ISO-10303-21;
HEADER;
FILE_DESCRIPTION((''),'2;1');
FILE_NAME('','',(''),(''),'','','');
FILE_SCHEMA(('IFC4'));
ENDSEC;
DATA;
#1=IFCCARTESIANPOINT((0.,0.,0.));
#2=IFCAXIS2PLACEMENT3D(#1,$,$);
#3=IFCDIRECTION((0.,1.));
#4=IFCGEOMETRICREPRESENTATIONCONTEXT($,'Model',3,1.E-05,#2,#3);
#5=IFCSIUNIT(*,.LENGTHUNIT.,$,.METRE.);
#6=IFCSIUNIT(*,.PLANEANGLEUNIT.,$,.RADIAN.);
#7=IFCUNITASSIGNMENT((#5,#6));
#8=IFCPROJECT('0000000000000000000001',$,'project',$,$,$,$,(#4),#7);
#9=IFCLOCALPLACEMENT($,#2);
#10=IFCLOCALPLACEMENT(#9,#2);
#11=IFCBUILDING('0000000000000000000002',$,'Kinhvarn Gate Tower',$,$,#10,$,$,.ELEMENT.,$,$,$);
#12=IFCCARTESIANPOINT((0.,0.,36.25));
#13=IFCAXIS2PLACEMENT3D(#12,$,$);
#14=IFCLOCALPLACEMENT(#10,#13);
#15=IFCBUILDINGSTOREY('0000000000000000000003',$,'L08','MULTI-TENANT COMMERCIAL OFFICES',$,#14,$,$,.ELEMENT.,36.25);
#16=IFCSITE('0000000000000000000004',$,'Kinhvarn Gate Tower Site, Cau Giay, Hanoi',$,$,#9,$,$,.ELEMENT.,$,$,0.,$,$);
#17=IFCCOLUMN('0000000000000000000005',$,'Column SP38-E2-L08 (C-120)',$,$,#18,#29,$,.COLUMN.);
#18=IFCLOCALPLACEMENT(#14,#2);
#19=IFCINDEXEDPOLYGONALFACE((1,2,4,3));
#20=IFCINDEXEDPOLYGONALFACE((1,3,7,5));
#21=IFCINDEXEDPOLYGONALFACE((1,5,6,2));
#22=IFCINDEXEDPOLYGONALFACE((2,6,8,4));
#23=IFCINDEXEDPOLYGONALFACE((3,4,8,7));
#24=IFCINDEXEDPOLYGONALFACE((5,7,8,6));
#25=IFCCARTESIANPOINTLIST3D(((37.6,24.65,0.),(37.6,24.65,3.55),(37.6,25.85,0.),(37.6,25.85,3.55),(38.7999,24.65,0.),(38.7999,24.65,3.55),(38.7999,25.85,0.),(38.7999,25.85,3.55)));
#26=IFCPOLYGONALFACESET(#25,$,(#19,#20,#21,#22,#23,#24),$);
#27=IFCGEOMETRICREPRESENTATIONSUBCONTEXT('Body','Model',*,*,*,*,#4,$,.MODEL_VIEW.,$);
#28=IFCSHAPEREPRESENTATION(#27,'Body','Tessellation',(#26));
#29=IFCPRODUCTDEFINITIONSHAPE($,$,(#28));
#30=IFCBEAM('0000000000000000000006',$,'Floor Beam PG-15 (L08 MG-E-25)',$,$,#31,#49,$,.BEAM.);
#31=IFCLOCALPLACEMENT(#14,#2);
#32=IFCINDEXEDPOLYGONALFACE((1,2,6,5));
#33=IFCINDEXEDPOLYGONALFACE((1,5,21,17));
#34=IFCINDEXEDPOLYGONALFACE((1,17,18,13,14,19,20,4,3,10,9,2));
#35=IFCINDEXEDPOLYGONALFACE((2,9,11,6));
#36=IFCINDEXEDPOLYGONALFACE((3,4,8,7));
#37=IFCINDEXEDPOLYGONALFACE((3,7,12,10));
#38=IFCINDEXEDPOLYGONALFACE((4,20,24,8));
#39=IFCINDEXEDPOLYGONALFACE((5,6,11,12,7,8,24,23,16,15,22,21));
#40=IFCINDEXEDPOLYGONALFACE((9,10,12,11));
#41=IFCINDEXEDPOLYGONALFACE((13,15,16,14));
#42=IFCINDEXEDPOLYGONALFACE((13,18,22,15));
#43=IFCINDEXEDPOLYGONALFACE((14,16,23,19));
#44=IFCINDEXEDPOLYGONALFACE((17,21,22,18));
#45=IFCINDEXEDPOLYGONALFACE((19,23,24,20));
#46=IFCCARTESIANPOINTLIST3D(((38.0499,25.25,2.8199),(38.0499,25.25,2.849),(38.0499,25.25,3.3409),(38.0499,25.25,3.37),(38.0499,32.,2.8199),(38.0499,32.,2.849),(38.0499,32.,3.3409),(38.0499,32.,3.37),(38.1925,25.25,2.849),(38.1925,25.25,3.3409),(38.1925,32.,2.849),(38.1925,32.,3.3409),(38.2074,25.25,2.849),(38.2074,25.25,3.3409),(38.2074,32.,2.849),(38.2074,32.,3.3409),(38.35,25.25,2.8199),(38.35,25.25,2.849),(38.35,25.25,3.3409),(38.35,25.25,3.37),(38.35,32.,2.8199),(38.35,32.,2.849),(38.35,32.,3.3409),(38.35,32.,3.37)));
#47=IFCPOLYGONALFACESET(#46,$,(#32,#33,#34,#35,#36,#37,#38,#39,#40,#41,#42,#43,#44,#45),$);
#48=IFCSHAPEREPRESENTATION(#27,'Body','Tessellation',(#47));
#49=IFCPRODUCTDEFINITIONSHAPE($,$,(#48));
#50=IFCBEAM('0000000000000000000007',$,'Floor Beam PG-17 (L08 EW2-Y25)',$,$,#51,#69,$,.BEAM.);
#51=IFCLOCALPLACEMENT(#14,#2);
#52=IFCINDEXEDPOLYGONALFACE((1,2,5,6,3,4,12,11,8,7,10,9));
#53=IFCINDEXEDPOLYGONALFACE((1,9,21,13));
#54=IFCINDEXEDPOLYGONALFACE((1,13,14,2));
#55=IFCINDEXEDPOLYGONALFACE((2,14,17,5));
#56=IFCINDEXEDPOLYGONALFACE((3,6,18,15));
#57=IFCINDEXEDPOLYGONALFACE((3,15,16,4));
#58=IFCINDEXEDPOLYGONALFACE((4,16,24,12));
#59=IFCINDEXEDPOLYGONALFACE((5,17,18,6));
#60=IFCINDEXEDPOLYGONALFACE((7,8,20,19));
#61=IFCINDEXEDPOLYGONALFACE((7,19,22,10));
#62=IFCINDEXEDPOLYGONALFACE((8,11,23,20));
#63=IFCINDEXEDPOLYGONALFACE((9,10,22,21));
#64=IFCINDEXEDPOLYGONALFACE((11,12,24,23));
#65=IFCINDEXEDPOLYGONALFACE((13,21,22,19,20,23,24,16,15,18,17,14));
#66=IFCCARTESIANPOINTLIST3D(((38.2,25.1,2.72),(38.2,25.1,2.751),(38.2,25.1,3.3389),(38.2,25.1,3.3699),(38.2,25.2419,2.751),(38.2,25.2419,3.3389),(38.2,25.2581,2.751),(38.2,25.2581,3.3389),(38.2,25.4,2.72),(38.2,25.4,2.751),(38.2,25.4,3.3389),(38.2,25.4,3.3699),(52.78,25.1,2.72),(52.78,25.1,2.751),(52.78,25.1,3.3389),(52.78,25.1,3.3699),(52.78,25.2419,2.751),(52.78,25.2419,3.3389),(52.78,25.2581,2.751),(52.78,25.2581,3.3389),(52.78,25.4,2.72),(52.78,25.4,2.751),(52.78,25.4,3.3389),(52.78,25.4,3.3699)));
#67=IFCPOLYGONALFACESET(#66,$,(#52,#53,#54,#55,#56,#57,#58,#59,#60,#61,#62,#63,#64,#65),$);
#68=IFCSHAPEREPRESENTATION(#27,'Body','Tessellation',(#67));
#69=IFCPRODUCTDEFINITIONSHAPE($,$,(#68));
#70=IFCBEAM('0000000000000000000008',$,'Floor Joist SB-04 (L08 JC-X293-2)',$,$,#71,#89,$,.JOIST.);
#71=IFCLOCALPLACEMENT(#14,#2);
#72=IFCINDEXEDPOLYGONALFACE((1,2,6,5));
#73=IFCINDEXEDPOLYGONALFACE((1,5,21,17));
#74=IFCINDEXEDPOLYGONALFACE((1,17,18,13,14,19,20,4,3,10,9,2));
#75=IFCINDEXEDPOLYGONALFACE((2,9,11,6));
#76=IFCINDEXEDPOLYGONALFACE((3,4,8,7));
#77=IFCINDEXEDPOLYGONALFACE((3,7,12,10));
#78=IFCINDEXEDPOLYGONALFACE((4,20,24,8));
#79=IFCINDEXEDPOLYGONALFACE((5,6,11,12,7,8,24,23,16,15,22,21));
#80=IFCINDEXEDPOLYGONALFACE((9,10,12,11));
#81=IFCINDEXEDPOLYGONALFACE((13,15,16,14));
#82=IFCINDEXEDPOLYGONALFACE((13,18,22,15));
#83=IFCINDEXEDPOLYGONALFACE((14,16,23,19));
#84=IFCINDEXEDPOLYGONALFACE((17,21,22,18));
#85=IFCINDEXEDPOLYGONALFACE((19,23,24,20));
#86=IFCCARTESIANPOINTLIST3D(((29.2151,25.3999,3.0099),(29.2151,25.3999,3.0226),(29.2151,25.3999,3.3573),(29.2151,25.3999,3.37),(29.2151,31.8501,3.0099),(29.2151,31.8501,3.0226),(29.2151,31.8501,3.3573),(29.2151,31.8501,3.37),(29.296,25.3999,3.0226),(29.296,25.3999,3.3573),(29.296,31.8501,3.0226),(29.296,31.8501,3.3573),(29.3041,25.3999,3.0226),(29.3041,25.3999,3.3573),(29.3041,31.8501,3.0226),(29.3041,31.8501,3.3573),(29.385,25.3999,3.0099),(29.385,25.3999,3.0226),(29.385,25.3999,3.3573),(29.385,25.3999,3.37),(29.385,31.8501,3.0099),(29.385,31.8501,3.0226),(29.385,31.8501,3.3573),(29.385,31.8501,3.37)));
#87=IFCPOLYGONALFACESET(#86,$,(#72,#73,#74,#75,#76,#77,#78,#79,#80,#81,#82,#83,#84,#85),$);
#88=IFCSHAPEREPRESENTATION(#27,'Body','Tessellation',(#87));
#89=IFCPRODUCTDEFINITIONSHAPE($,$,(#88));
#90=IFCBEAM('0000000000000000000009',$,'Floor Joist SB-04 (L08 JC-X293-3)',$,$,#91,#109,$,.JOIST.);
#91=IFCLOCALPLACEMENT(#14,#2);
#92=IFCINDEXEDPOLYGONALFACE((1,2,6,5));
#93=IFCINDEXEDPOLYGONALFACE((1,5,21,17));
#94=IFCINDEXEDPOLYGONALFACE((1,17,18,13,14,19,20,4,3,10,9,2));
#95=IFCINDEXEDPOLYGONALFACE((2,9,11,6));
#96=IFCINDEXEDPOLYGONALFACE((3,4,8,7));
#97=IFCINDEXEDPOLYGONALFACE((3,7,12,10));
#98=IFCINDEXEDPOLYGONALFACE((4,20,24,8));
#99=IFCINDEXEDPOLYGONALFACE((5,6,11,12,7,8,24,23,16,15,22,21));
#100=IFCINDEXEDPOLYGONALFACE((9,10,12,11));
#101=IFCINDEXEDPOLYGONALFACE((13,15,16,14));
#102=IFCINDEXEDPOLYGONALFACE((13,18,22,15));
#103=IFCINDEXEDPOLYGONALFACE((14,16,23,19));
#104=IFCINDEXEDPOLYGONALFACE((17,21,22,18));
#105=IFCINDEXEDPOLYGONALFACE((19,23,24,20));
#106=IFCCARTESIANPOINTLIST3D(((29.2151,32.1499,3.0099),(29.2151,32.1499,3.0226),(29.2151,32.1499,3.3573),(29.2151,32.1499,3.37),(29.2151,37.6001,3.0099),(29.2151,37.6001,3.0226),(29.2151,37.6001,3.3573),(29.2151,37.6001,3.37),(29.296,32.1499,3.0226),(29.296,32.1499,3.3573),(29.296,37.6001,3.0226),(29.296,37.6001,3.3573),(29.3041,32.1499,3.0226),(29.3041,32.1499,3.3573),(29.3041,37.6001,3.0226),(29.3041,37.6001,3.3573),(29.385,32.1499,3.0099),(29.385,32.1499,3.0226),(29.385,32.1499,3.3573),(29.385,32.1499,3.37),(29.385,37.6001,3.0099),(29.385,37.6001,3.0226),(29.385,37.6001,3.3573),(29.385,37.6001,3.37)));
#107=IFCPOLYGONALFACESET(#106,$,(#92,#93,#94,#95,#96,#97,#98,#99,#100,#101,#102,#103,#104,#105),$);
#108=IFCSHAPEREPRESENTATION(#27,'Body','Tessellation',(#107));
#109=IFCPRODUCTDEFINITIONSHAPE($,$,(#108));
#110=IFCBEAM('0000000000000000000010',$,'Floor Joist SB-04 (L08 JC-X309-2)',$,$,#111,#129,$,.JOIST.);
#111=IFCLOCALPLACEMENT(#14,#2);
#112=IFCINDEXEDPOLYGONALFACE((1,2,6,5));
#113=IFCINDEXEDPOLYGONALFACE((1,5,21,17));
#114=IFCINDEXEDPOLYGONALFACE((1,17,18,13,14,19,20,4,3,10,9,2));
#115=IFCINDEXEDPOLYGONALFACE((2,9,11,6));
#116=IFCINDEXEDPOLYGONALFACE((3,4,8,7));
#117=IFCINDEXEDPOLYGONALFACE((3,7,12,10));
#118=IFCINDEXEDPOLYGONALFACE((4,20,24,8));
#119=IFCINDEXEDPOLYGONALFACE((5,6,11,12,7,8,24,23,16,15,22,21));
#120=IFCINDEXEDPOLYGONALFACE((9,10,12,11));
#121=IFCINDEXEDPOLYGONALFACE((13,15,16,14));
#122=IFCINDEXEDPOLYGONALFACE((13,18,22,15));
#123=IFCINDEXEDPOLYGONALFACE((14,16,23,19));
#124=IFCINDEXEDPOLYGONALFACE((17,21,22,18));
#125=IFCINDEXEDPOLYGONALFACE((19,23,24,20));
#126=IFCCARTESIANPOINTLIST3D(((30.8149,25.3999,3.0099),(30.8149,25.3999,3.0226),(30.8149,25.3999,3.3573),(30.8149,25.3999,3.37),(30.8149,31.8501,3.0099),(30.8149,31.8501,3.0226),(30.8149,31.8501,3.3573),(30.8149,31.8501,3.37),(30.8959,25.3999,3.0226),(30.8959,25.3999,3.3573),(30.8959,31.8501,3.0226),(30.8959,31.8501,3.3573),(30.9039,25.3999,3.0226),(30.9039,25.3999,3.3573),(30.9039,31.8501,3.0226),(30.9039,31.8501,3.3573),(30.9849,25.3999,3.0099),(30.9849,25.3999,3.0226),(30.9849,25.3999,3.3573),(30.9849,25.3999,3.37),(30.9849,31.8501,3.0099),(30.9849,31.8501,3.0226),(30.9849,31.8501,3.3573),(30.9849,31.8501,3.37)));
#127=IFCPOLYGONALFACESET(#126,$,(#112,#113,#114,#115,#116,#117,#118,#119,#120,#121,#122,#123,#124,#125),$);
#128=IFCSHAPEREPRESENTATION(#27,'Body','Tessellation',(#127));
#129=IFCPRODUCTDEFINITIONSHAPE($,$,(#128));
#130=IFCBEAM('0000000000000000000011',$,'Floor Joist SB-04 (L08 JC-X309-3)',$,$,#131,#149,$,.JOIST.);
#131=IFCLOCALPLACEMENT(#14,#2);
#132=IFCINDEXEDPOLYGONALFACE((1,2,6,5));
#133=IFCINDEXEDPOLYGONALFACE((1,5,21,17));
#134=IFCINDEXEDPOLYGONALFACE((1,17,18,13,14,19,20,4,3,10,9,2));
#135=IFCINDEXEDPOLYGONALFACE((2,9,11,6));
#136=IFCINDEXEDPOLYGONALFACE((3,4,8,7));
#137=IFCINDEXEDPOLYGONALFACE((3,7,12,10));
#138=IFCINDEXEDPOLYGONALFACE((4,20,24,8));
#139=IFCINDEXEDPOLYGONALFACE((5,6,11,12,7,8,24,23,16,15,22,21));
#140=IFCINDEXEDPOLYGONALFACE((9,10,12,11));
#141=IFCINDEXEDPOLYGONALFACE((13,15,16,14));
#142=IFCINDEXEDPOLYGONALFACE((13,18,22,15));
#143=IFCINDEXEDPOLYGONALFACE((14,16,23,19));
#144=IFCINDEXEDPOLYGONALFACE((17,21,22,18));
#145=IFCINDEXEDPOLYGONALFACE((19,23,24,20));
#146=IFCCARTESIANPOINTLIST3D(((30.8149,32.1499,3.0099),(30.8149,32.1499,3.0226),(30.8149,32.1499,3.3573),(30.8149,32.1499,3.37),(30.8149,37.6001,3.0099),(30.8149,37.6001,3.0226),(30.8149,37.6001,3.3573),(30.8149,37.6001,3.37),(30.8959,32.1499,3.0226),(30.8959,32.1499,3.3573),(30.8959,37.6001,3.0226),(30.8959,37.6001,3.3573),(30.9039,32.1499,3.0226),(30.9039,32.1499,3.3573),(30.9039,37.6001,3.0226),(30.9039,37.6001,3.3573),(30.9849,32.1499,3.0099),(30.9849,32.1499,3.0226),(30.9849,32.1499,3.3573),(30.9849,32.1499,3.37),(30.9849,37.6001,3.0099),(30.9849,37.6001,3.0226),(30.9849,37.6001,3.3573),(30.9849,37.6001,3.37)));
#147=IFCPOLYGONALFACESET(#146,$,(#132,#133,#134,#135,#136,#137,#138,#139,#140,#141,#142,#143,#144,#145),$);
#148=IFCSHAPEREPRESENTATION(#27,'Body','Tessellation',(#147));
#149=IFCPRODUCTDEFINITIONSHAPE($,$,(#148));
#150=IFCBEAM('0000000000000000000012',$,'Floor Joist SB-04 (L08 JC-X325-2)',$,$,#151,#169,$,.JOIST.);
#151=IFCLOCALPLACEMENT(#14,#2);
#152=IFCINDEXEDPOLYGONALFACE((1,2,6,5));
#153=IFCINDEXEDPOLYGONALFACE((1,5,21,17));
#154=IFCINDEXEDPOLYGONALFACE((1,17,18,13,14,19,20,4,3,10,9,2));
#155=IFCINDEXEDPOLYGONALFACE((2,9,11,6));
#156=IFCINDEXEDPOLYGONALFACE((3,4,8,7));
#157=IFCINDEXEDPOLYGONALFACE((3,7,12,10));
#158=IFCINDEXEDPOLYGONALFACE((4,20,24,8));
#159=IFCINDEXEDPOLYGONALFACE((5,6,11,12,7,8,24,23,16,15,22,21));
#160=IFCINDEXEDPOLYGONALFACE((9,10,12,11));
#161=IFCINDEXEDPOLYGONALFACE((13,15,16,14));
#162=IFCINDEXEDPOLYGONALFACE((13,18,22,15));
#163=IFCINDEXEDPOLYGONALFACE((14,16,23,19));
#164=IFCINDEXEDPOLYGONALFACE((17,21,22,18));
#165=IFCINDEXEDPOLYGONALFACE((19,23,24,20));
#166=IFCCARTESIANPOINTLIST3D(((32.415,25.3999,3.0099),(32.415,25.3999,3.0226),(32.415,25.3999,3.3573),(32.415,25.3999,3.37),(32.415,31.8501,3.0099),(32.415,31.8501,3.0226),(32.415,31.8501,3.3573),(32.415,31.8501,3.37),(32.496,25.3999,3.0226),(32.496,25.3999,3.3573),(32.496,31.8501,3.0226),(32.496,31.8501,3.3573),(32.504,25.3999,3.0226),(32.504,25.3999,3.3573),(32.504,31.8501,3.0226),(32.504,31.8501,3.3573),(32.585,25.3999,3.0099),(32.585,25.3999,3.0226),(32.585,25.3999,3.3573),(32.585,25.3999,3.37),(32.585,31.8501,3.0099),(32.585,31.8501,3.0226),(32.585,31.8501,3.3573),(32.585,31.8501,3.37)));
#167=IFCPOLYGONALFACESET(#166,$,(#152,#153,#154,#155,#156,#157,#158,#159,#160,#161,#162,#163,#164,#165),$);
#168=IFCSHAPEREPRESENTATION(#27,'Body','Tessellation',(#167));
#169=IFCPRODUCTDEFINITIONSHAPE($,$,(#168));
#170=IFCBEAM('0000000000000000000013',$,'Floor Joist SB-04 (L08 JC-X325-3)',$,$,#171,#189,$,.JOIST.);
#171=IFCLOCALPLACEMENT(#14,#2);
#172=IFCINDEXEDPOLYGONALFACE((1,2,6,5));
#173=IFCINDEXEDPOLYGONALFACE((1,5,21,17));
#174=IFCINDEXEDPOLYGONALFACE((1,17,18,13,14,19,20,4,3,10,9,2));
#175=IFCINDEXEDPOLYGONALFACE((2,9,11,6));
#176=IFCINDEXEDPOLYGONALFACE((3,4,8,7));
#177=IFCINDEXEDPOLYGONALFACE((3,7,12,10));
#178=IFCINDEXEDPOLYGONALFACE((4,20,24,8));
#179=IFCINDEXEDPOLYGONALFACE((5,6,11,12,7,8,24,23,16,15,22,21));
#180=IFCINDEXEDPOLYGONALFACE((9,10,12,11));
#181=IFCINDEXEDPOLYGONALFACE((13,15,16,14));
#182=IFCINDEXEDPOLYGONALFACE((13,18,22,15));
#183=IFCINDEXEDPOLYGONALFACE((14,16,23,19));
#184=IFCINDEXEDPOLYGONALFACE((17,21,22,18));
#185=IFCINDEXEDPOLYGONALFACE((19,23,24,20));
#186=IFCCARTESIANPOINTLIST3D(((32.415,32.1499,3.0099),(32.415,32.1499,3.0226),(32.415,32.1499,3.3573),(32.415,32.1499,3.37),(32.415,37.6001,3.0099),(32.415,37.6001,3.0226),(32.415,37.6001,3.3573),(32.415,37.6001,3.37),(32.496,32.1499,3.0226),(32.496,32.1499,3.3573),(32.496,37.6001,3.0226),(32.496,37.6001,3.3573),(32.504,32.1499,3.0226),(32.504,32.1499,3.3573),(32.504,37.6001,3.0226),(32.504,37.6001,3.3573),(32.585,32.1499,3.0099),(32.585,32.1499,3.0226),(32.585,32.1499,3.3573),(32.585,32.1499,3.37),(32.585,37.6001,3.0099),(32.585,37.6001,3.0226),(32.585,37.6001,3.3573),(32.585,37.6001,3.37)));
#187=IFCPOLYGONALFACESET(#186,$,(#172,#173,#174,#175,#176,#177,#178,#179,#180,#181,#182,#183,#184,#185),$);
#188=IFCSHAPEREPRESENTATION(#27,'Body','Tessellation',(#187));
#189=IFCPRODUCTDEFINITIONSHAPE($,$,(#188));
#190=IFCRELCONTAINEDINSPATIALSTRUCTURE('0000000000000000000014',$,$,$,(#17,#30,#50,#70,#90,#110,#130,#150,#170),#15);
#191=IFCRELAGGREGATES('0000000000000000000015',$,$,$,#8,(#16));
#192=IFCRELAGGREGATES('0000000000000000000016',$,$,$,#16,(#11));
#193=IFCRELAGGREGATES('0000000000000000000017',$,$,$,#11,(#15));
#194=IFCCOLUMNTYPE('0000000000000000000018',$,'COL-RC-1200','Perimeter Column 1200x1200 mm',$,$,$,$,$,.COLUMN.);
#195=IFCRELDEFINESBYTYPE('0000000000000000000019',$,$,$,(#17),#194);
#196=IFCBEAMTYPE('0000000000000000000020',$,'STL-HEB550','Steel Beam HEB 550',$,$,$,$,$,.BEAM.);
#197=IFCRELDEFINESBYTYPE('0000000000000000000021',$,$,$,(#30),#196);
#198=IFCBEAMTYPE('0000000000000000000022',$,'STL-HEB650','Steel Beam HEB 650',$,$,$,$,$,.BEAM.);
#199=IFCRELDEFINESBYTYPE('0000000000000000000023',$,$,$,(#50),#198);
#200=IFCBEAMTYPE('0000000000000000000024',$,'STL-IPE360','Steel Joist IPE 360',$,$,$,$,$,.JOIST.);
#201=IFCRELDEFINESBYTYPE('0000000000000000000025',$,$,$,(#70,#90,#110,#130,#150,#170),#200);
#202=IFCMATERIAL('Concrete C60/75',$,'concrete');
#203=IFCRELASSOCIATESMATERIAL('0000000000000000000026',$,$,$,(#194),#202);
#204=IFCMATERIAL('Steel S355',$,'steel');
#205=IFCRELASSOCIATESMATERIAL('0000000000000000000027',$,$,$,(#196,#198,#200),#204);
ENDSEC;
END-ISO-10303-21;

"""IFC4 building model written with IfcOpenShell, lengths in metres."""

from ifc_helpers import new_model, si_unit, direction, frame, origin, origin_2d, place, context, subcontext, project, spatial, rectangle, i_section, extrude, material, material_profile, profile_set, type_object, element, save


model = new_model("IFC4")

# Units and contexts
model_context = context("Model", 3, precision=1e-05, world=origin(), true_north=direction((0.0, 1.0)))
body_context = subcontext(model_context, "Body", "Model", "MODEL_VIEW")
ifc_project = project(units=[si_unit("LENGTHUNIT", "METRE"), si_unit("PLANEANGLEUNIT", "RADIAN")], contexts=[model_context])

# Site, building, storey
site_placement = place(None, origin())
site = spatial("IfcSite", under=ifc_project, at=site_placement, Name="Kinhvarn Gate Tower Site, Cau Giay, Hanoi", CompositionType="ELEMENT", RefElevation=0.0)
building_placement = place(site_placement, origin())
building = spatial("IfcBuilding", under=site, at=building_placement, Name="Kinhvarn Gate Tower", CompositionType="ELEMENT")
storey_placement = place(building_placement, frame((0.0, 0.0, 36.25)))
storey = spatial("IfcBuildingStorey", under=building, at=storey_placement, Name="L08", Description="MULTI-TENANT COMMERCIAL OFFICES", CompositionType="ELEMENT", Elevation=36.25)

# Column
ifc_material_1 = material(Name="Concrete C60/75", Category="concrete")
ifc_material_profile_1 = material_profile(ifc_material_1, rectangle(XDim=1.2, YDim=1.2, at=origin_2d()), Name="RC 1200x1200")
ifc_profile_set_1 = profile_set([ifc_material_profile_1], Name="Concrete C60/75")
column_type = type_object("IfcColumnType", Name="COL-RC-1200", Description="Perimeter Column 1200x1200 mm", PredefinedType="COLUMN", material=ifc_profile_set_1)
column_placement = place(storey_placement, frame((38.2, 25.25, 0.0), z_axis=(0.0, 0.0, 1.0), x_axis=(1.0, 0.0, 0.0)))
element("IfcColumn", 1, at=column_placement, inside=storey, type_object=column_type, Name="Column SP38-E2-L08 (C-120)", PredefinedType="COLUMN", context=body_context, shape_type="SweptSolid", body=[
    extrude(rectangle(XDim=1.2, YDim=1.2, at=origin_2d()), origin(), (0.0, 0.0, 1.0), 3.55),
])

# Beams
ifc_material_2 = material(Name="Steel S355", Category="steel")
ifc_material_profile_2 = material_profile(ifc_material_2, i_section(OverallWidth=0.3, OverallDepth=0.55, WebThickness=0.0149, FlangeThickness=0.0291, at=origin_2d()), Name="HEB 550")
ifc_profile_set_2 = profile_set([ifc_material_profile_2], Name="Steel S355")
beam_type_1 = type_object("IfcBeamType", Name="STL-HEB550", Description="Steel Beam HEB 550", PredefinedType="BEAM", material=ifc_profile_set_2)
beam_1_placement = place(storey_placement, frame((38.2, 25.25, 3.095), z_axis=(0.0, 1.0, 0.0), x_axis=(-1.0, 0.0, 0.0)))
element("IfcBeam", 2, at=beam_1_placement, inside=storey, type_object=beam_type_1, Name="Floor Beam PG-15 (L08 MG-E-25)", PredefinedType="BEAM", context=body_context, shape_type="SweptSolid", body=[
    extrude(i_section(OverallWidth=0.3, OverallDepth=0.55, WebThickness=0.0149, FlangeThickness=0.0291, at=origin_2d()), origin(), (0.0, 0.0, 1.0), 6.75),
])
ifc_material_profile_3 = material_profile(ifc_material_2, i_section(OverallWidth=0.3, OverallDepth=0.6499, WebThickness=0.0161, FlangeThickness=0.031, at=origin_2d()), Name="HEB 650")
ifc_profile_set_3 = profile_set([ifc_material_profile_3], Name="Steel S355")
beam_type_2 = type_object("IfcBeamType", Name="STL-HEB650", Description="Steel Beam HEB 650", PredefinedType="BEAM", material=ifc_profile_set_3)
beam_2_placement = place(storey_placement, frame((38.2, 25.25, 3.0449), z_axis=(1.0, 0.0, 0.0), x_axis=(0.0, 1.0, 0.0)))
element("IfcBeam", 3, at=beam_2_placement, inside=storey, type_object=beam_type_2, Name="Floor Beam PG-17 (L08 EW2-Y25)", PredefinedType="BEAM", context=body_context, shape_type="SweptSolid", body=[
    extrude(i_section(OverallWidth=0.3, OverallDepth=0.6499, WebThickness=0.0161, FlangeThickness=0.031, at=origin_2d()), origin(), (0.0, 0.0, 1.0), 14.5801),
])
ifc_material_profile_4 = material_profile(ifc_material_2, i_section(OverallWidth=0.1699, OverallDepth=0.3601, WebThickness=0.0081, FlangeThickness=0.0127, at=origin_2d()), Name="IPE 360")
ifc_profile_set_4 = profile_set([ifc_material_profile_4], Name="Steel S355")
beam_type_3 = type_object("IfcBeamType", Name="STL-IPE360", Description="Steel Joist IPE 360", PredefinedType="JOIST", material=ifc_profile_set_4)
beam_3_placement = place(storey_placement, frame((29.3, 25.3999, 3.1899), z_axis=(0.0, 1.0, 0.0), x_axis=(-1.0, 0.0, 0.0)))
element("IfcBeam", 4, at=beam_3_placement, inside=storey, type_object=beam_type_3, Name="Floor Joist SB-04 (L08 JC-X293-2)", PredefinedType="JOIST", context=body_context, shape_type="SweptSolid", body=[
    extrude(i_section(OverallWidth=0.1699, OverallDepth=0.3601, WebThickness=0.0081, FlangeThickness=0.0127, at=origin_2d()), origin(), (0.0, 0.0, 1.0), 6.4502),
])
beam_4_placement = place(storey_placement, frame((29.3, 32.1499, 3.1899), z_axis=(0.0, 1.0, 0.0), x_axis=(-1.0, 0.0, 0.0)))
element("IfcBeam", 5, at=beam_4_placement, inside=storey, type_object=beam_type_3, Name="Floor Joist SB-04 (L08 JC-X293-3)", PredefinedType="JOIST", context=body_context, shape_type="SweptSolid", body=[
    extrude(i_section(OverallWidth=0.1699, OverallDepth=0.3601, WebThickness=0.0081, FlangeThickness=0.0127, at=origin_2d()), origin(), (0.0, 0.0, 1.0), 5.4502),
])
beam_5_placement = place(storey_placement, frame((30.8999, 25.3999, 3.1899), z_axis=(0.0, 1.0, 0.0), x_axis=(-1.0, 0.0, 0.0)))
element("IfcBeam", 6, at=beam_5_placement, inside=storey, type_object=beam_type_3, Name="Floor Joist SB-04 (L08 JC-X309-2)", PredefinedType="JOIST", context=body_context, shape_type="SweptSolid", body=[
    extrude(i_section(OverallWidth=0.1699, OverallDepth=0.3601, WebThickness=0.0081, FlangeThickness=0.0127, at=origin_2d()), origin(), (0.0, 0.0, 1.0), 6.4502),
])
beam_6_placement = place(storey_placement, frame((30.8999, 32.1499, 3.1899), z_axis=(0.0, 1.0, 0.0), x_axis=(-1.0, 0.0, 0.0)))
element("IfcBeam", 7, at=beam_6_placement, inside=storey, type_object=beam_type_3, Name="Floor Joist SB-04 (L08 JC-X309-3)", PredefinedType="JOIST", context=body_context, shape_type="SweptSolid", body=[
    extrude(i_section(OverallWidth=0.1699, OverallDepth=0.3601, WebThickness=0.0081, FlangeThickness=0.0127, at=origin_2d()), origin(), (0.0, 0.0, 1.0), 5.4502),
])
beam_7_placement = place(storey_placement, frame((32.5, 25.3999, 3.1899), z_axis=(0.0, 1.0, 0.0), x_axis=(-1.0, 0.0, 0.0)))
element("IfcBeam", 8, at=beam_7_placement, inside=storey, type_object=beam_type_3, Name="Floor Joist SB-04 (L08 JC-X325-2)", PredefinedType="JOIST", context=body_context, shape_type="SweptSolid", body=[
    extrude(i_section(OverallWidth=0.1699, OverallDepth=0.3601, WebThickness=0.0081, FlangeThickness=0.0127, at=origin_2d()), origin(), (0.0, 0.0, 1.0), 6.4502),
])
beam_8_placement = place(storey_placement, frame((32.5, 32.1499, 3.1899), z_axis=(0.0, 1.0, 0.0), x_axis=(-1.0, 0.0, 0.0)))
element("IfcBeam", 9, at=beam_8_placement, inside=storey, type_object=beam_type_3, Name="Floor Joist SB-04 (L08 JC-X325-3)", PredefinedType="JOIST", context=body_context, shape_type="SweptSolid", body=[
    extrude(i_section(OverallWidth=0.1699, OverallDepth=0.3601, WebThickness=0.0081, FlangeThickness=0.0127, at=origin_2d()), origin(), (0.0, 0.0, 1.0), 5.4502),
])

save(model, "model.ifc")
